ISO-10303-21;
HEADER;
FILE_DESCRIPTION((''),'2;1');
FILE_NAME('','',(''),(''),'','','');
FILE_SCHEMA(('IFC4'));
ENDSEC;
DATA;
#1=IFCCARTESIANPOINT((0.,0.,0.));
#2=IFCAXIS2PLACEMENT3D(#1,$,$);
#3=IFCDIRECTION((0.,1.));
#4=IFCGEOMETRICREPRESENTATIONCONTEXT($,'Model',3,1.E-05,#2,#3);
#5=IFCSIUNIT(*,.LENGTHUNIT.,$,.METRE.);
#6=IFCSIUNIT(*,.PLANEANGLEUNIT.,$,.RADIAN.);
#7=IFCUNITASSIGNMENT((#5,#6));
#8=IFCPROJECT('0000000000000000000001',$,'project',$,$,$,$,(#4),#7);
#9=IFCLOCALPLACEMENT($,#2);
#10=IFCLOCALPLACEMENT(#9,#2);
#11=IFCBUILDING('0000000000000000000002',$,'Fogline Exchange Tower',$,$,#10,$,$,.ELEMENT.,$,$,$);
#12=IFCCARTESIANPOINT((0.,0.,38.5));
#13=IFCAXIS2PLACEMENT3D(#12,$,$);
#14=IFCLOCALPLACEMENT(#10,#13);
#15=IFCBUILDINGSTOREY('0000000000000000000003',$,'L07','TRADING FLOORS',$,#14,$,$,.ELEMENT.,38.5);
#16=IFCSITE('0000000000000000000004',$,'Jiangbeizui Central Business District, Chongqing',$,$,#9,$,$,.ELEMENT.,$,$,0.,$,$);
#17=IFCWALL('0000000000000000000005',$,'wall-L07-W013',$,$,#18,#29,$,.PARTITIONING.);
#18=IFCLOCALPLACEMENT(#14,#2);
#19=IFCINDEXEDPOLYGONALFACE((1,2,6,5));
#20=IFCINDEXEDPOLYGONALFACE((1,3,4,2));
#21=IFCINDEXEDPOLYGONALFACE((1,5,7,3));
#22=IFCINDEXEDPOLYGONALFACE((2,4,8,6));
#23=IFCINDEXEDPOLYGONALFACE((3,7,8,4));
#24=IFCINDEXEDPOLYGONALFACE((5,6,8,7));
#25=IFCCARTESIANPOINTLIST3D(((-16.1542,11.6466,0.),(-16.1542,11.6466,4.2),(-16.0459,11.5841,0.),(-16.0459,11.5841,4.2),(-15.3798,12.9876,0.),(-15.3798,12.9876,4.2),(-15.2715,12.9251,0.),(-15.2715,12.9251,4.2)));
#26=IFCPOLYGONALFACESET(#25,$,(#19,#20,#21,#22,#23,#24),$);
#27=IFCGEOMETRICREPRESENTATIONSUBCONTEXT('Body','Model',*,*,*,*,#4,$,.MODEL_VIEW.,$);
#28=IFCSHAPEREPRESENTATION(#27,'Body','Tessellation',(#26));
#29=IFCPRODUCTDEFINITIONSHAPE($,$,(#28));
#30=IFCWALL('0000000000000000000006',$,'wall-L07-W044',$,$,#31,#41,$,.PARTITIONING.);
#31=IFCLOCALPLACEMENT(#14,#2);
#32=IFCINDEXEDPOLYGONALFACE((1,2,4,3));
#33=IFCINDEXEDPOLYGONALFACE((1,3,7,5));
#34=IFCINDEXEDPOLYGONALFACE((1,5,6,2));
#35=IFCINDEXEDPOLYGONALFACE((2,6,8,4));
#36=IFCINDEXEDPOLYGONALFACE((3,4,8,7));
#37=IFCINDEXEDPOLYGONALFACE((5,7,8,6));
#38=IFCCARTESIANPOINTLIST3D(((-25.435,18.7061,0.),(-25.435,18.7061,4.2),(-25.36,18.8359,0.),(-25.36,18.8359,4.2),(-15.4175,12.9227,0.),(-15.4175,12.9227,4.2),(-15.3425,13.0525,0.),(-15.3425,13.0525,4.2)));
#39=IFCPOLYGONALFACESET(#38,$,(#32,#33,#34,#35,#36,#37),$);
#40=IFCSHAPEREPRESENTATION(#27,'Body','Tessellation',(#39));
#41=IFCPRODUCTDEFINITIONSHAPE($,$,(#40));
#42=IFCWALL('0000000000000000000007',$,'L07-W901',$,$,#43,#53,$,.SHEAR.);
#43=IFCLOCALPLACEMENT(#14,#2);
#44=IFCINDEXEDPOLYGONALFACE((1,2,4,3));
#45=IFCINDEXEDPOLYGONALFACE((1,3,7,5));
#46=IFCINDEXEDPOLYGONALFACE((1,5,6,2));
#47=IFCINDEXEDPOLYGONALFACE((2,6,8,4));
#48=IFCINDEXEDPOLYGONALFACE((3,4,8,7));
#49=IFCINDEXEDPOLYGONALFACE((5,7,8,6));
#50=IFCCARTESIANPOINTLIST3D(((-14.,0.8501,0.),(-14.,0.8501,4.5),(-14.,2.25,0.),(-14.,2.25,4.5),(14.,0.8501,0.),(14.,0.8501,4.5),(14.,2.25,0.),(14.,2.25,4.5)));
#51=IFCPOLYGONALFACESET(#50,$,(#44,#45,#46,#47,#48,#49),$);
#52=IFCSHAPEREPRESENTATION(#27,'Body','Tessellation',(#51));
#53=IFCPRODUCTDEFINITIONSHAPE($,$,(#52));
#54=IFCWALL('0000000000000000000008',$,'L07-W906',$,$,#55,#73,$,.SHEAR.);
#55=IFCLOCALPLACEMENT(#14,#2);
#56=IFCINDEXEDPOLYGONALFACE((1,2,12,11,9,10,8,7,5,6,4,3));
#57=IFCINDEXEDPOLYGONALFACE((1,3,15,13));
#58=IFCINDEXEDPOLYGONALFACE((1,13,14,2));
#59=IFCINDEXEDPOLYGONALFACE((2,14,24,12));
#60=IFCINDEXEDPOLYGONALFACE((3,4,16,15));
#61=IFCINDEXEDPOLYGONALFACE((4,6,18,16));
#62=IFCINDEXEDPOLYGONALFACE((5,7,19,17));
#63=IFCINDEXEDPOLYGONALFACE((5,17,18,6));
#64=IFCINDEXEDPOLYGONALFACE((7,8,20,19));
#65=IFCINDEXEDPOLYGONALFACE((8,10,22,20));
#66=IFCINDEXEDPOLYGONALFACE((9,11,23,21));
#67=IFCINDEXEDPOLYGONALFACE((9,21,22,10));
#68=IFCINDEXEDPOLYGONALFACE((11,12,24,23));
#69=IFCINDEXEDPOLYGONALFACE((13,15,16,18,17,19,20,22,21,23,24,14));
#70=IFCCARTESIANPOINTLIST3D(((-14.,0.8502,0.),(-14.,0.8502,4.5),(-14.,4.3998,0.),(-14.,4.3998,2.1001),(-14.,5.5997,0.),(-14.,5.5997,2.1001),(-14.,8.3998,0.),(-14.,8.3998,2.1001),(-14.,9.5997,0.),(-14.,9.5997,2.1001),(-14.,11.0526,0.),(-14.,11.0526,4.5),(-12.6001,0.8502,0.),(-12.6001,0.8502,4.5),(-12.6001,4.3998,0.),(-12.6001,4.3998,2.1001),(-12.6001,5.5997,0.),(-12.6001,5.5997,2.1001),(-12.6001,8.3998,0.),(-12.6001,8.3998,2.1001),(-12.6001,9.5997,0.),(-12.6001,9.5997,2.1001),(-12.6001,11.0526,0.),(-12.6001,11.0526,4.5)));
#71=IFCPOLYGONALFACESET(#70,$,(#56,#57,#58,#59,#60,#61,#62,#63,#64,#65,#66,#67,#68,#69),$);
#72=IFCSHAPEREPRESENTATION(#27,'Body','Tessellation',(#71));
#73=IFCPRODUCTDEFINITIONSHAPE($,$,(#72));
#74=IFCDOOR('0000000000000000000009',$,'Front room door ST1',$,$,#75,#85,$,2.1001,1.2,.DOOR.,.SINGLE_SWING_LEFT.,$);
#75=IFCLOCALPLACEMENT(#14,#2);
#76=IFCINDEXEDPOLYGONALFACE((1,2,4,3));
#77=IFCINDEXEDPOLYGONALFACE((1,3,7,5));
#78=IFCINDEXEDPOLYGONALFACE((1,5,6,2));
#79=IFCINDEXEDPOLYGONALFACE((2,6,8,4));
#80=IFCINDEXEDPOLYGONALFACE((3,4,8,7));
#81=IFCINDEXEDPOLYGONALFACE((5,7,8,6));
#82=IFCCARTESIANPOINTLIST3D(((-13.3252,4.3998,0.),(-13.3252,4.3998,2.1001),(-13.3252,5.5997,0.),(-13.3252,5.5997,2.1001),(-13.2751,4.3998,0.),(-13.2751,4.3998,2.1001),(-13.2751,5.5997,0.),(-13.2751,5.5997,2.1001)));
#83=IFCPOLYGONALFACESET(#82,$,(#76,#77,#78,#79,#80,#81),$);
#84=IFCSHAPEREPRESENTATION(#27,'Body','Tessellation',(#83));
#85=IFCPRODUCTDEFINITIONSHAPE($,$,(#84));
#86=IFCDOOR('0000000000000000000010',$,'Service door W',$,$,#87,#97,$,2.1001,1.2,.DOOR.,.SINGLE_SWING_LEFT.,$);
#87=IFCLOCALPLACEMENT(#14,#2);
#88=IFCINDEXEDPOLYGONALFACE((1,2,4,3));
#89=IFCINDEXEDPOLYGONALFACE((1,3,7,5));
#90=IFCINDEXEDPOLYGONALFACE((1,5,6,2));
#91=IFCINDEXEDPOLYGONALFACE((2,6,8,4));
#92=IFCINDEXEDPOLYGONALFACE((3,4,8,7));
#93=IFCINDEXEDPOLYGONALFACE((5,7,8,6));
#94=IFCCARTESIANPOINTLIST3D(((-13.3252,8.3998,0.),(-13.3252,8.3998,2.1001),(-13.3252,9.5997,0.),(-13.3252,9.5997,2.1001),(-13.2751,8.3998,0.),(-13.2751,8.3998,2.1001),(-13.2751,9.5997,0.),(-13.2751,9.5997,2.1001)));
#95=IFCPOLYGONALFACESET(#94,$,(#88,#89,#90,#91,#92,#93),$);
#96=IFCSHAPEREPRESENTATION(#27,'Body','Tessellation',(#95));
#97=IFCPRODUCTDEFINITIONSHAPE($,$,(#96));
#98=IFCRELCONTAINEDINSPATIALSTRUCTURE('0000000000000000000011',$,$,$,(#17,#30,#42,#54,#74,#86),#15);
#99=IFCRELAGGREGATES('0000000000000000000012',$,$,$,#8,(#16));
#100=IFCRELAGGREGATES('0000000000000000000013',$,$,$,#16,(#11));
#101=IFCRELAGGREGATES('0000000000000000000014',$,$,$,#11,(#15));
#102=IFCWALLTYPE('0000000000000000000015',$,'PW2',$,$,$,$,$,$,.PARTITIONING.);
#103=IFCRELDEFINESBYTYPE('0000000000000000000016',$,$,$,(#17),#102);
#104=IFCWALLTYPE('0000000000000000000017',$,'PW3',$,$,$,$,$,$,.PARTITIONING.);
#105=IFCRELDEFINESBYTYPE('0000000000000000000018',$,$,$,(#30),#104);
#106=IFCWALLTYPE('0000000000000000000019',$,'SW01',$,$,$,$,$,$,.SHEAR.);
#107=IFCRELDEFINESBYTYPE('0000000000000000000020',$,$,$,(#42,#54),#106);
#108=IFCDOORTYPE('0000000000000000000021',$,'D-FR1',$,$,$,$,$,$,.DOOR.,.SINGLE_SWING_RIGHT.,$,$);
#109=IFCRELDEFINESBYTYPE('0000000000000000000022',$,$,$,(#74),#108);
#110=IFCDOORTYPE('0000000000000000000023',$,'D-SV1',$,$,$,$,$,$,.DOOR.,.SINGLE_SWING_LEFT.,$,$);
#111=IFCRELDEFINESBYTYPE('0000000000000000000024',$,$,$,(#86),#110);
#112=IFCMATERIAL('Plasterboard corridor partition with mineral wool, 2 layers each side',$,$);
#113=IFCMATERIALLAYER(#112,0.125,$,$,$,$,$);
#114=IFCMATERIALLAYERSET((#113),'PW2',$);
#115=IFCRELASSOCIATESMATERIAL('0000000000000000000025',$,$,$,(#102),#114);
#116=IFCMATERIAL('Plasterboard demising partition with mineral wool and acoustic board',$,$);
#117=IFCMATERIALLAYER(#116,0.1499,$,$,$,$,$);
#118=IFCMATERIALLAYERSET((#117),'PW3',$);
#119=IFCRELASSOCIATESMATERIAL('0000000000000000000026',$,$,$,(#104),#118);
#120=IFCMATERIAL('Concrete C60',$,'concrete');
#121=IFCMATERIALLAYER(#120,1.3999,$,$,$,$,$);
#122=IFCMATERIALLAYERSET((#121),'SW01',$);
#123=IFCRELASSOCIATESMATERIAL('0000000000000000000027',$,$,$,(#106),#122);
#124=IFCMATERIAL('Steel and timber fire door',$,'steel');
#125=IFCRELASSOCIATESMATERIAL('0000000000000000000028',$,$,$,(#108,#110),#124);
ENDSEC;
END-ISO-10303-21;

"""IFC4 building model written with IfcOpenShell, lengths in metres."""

from ifc_helpers import new_model, si_unit, direction, frame, frame_2d, origin, place, context, subcontext, project, spatial, rectangle, extrude, material, layer, layer_set, type_object, element, fill, save


model = new_model("IFC4")

# Units and contexts
model_context = context("Model", 3, precision=1e-05, world=origin(), true_north=direction((0.0, 1.0)))
body_context = subcontext(model_context, "Body", "Model", "MODEL_VIEW")
ifc_project = project(units=[si_unit("LENGTHUNIT", "METRE"), si_unit("PLANEANGLEUNIT", "RADIAN")], contexts=[model_context])

# Site, building, storey
site_placement = place(None, origin())
site = spatial("IfcSite", under=ifc_project, at=site_placement, Name="Jiangbeizui Central Business District, Chongqing", CompositionType="ELEMENT", RefElevation=0.0)
building_placement = place(site_placement, origin())
building = spatial("IfcBuilding", under=site, at=building_placement, Name="Fogline Exchange Tower", CompositionType="ELEMENT")
storey_placement = place(building_placement, frame((0.0, 0.0, 38.5)))
storey = spatial("IfcBuildingStorey", under=building, at=storey_placement, Name="L07", Description="TRADING FLOORS", CompositionType="ELEMENT", Elevation=38.5)

# Shared definitions
ifc_material_1 = material(Name="Plasterboard corridor partition with mineral wool, 2 layers each side")
ifc_layer_1 = layer(ifc_material_1, 0.125)
ifc_layer_set_1 = layer_set([ifc_layer_1], Name="PW2")
wall_type_1 = type_object("IfcWallType", Name="PW2", PredefinedType="PARTITIONING", material=ifc_layer_set_1)

# Walls
wall_1_placement = place(storey_placement, frame((-16.1001, 11.6152, 0.0), z_axis=(0.0, 0.0, 1.0), x_axis=(0.500073, 0.865983, 0.0)))
element("IfcWall", 1, at=wall_1_placement, inside=storey, type_object=wall_type_1, Name="wall-L07-W013", PredefinedType="PARTITIONING", context=body_context, shape_type="SweptSolid", body=[
    extrude(rectangle(XDim=1.5486, YDim=0.125, at=frame_2d((0.7744, 0.0))), origin(), (0.0, 0.0, 1.0), 4.2),
])
ifc_material_2 = material(Name="Plasterboard demising partition with mineral wool and acoustic board")
ifc_layer_2 = layer(ifc_material_2, 0.1499)
ifc_layer_set_2 = layer_set([ifc_layer_2], Name="PW3")
wall_type_2 = type_object("IfcWallType", Name="PW3", PredefinedType="PARTITIONING", material=ifc_layer_set_2)
wall_2_placement = place(storey_placement, frame((-15.3799, 12.9875, 0.0), z_axis=(0.0, 0.0, 1.0), x_axis=(-0.866033, 0.499987, 0.0)))
element("IfcWall", 2, at=wall_2_placement, inside=storey, type_object=wall_type_2, Name="wall-L07-W044", PredefinedType="PARTITIONING", context=body_context, shape_type="SweptSolid", body=[
    extrude(rectangle(XDim=11.5671, YDim=0.1499, at=frame_2d((5.7837, 0.0))), origin(), (0.0, 0.0, 1.0), 4.2),
])
ifc_material_3 = material(Name="Concrete C60", Category="concrete")
ifc_layer_3 = layer(ifc_material_3, 1.3999)
ifc_layer_set_3 = layer_set([ifc_layer_3], Name="SW01")
wall_type_3 = type_object("IfcWallType", Name="SW01", PredefinedType="SHEAR", material=ifc_layer_set_3)
wall_3_placement = place(storey_placement, frame((-14.0, 1.55, 0.0), z_axis=(0.0, 0.0, 1.0), x_axis=(1.0, 0.0, 0.0)))
element("IfcWall", 3, at=wall_3_placement, inside=storey, type_object=wall_type_3, Name="L07-W901", PredefinedType="SHEAR", context=body_context, shape_type="SweptSolid", body=[
    extrude(rectangle(XDim=28.0, YDim=1.3999, at=frame_2d((14.0, 0.0))), origin(), (0.0, 0.0, 1.0), 4.5),
])

# Wall, openings, doors
wall_4_placement = place(storey_placement, frame((-13.3, 11.0525, 0.0), z_axis=(0.0, 0.0, 1.0), x_axis=(0.0, -1.0, 0.0)))
wall_4 = element("IfcWall", 4, at=wall_4_placement, inside=storey, type_object=wall_type_3, Name="L07-W906", PredefinedType="SHEAR", context=body_context, shape_type="SweptSolid", body=[
    extrude(rectangle(XDim=10.2024, YDim=1.3999, at=frame_2d((5.1011, 0.0))), origin(), (0.0, 0.0, 1.0), 4.5),
])
opening_1_placement = place(wall_4_placement, frame((5.4526, 0.0, 0.0)))
opening_1 = element("IfcOpeningElement", 5, at=opening_1_placement, cuts=wall_4, PredefinedType="OPENING", context=body_context, shape_type="SweptSolid", body=[
    extrude(rectangle(XDim=1.2, YDim=2.1001, at=frame_2d((0.6001, 1.05))), frame((0.0, 0.71, 0.0), z_axis=(0.0, -1.0, 0.0), x_axis=(1.0, 0.0, 0.0)), (0.0, 0.0, 1.0), 1.4199),
])
opening_2_placement = place(wall_4_placement, frame((1.4526, 0.0, 0.0)))
opening_2 = element("IfcOpeningElement", 6, at=opening_2_placement, cuts=wall_4, PredefinedType="OPENING", context=body_context, shape_type="SweptSolid", body=[
    extrude(rectangle(XDim=1.2, YDim=2.1001, at=frame_2d((0.6001, 1.05))), frame((0.0, 0.71, 0.0), z_axis=(0.0, -1.0, 0.0), x_axis=(1.0, 0.0, 0.0)), (0.0, 0.0, 1.0), 1.4199),
])
ifc_material_4 = material(Name="Steel and timber fire door", Category="steel")
door_type_1 = type_object("IfcDoorType", Name="D-FR1", OperationType="SINGLE_SWING_RIGHT", PredefinedType="DOOR", material=ifc_material_4)
door_1_placement = place(opening_1_placement, origin())
door_1 = element("IfcDoor", 7, at=door_1_placement, inside=storey, type_object=door_type_1, Name="Front room door ST1", OperationType="SINGLE_SWING_LEFT", OverallHeight=2.1001, OverallWidth=1.2, PredefinedType="DOOR", context=body_context, shape_type="SweptSolid", body=[
    extrude(rectangle(XDim=1.2, YDim=2.1001, at=frame_2d((0.6001, 1.05))), frame((0.0, 0.0249, 0.0), z_axis=(0.0, -1.0, 0.0), x_axis=(1.0, 0.0, 0.0)), (0.0, 0.0, 1.0), 0.05),
])
fill(opening_1, door_1)
door_type_2 = type_object("IfcDoorType", Name="D-SV1", OperationType="SINGLE_SWING_LEFT", PredefinedType="DOOR", material=ifc_material_4)
door_2_placement = place(opening_2_placement, origin())
door_2 = element("IfcDoor", 8, at=door_2_placement, inside=storey, type_object=door_type_2, Name="Service door W", OperationType="SINGLE_SWING_LEFT", OverallHeight=2.1001, OverallWidth=1.2, PredefinedType="DOOR", context=body_context, shape_type="SweptSolid", body=[
    extrude(rectangle(XDim=1.2, YDim=2.1001, at=frame_2d((0.6001, 1.05))), frame((0.0, 0.0249, 0.0), z_axis=(0.0, -1.0, 0.0), x_axis=(1.0, 0.0, 0.0)), (0.0, 0.0, 1.0), 0.05),
])
fill(opening_2, door_2)

save(model, "model.ifc")
